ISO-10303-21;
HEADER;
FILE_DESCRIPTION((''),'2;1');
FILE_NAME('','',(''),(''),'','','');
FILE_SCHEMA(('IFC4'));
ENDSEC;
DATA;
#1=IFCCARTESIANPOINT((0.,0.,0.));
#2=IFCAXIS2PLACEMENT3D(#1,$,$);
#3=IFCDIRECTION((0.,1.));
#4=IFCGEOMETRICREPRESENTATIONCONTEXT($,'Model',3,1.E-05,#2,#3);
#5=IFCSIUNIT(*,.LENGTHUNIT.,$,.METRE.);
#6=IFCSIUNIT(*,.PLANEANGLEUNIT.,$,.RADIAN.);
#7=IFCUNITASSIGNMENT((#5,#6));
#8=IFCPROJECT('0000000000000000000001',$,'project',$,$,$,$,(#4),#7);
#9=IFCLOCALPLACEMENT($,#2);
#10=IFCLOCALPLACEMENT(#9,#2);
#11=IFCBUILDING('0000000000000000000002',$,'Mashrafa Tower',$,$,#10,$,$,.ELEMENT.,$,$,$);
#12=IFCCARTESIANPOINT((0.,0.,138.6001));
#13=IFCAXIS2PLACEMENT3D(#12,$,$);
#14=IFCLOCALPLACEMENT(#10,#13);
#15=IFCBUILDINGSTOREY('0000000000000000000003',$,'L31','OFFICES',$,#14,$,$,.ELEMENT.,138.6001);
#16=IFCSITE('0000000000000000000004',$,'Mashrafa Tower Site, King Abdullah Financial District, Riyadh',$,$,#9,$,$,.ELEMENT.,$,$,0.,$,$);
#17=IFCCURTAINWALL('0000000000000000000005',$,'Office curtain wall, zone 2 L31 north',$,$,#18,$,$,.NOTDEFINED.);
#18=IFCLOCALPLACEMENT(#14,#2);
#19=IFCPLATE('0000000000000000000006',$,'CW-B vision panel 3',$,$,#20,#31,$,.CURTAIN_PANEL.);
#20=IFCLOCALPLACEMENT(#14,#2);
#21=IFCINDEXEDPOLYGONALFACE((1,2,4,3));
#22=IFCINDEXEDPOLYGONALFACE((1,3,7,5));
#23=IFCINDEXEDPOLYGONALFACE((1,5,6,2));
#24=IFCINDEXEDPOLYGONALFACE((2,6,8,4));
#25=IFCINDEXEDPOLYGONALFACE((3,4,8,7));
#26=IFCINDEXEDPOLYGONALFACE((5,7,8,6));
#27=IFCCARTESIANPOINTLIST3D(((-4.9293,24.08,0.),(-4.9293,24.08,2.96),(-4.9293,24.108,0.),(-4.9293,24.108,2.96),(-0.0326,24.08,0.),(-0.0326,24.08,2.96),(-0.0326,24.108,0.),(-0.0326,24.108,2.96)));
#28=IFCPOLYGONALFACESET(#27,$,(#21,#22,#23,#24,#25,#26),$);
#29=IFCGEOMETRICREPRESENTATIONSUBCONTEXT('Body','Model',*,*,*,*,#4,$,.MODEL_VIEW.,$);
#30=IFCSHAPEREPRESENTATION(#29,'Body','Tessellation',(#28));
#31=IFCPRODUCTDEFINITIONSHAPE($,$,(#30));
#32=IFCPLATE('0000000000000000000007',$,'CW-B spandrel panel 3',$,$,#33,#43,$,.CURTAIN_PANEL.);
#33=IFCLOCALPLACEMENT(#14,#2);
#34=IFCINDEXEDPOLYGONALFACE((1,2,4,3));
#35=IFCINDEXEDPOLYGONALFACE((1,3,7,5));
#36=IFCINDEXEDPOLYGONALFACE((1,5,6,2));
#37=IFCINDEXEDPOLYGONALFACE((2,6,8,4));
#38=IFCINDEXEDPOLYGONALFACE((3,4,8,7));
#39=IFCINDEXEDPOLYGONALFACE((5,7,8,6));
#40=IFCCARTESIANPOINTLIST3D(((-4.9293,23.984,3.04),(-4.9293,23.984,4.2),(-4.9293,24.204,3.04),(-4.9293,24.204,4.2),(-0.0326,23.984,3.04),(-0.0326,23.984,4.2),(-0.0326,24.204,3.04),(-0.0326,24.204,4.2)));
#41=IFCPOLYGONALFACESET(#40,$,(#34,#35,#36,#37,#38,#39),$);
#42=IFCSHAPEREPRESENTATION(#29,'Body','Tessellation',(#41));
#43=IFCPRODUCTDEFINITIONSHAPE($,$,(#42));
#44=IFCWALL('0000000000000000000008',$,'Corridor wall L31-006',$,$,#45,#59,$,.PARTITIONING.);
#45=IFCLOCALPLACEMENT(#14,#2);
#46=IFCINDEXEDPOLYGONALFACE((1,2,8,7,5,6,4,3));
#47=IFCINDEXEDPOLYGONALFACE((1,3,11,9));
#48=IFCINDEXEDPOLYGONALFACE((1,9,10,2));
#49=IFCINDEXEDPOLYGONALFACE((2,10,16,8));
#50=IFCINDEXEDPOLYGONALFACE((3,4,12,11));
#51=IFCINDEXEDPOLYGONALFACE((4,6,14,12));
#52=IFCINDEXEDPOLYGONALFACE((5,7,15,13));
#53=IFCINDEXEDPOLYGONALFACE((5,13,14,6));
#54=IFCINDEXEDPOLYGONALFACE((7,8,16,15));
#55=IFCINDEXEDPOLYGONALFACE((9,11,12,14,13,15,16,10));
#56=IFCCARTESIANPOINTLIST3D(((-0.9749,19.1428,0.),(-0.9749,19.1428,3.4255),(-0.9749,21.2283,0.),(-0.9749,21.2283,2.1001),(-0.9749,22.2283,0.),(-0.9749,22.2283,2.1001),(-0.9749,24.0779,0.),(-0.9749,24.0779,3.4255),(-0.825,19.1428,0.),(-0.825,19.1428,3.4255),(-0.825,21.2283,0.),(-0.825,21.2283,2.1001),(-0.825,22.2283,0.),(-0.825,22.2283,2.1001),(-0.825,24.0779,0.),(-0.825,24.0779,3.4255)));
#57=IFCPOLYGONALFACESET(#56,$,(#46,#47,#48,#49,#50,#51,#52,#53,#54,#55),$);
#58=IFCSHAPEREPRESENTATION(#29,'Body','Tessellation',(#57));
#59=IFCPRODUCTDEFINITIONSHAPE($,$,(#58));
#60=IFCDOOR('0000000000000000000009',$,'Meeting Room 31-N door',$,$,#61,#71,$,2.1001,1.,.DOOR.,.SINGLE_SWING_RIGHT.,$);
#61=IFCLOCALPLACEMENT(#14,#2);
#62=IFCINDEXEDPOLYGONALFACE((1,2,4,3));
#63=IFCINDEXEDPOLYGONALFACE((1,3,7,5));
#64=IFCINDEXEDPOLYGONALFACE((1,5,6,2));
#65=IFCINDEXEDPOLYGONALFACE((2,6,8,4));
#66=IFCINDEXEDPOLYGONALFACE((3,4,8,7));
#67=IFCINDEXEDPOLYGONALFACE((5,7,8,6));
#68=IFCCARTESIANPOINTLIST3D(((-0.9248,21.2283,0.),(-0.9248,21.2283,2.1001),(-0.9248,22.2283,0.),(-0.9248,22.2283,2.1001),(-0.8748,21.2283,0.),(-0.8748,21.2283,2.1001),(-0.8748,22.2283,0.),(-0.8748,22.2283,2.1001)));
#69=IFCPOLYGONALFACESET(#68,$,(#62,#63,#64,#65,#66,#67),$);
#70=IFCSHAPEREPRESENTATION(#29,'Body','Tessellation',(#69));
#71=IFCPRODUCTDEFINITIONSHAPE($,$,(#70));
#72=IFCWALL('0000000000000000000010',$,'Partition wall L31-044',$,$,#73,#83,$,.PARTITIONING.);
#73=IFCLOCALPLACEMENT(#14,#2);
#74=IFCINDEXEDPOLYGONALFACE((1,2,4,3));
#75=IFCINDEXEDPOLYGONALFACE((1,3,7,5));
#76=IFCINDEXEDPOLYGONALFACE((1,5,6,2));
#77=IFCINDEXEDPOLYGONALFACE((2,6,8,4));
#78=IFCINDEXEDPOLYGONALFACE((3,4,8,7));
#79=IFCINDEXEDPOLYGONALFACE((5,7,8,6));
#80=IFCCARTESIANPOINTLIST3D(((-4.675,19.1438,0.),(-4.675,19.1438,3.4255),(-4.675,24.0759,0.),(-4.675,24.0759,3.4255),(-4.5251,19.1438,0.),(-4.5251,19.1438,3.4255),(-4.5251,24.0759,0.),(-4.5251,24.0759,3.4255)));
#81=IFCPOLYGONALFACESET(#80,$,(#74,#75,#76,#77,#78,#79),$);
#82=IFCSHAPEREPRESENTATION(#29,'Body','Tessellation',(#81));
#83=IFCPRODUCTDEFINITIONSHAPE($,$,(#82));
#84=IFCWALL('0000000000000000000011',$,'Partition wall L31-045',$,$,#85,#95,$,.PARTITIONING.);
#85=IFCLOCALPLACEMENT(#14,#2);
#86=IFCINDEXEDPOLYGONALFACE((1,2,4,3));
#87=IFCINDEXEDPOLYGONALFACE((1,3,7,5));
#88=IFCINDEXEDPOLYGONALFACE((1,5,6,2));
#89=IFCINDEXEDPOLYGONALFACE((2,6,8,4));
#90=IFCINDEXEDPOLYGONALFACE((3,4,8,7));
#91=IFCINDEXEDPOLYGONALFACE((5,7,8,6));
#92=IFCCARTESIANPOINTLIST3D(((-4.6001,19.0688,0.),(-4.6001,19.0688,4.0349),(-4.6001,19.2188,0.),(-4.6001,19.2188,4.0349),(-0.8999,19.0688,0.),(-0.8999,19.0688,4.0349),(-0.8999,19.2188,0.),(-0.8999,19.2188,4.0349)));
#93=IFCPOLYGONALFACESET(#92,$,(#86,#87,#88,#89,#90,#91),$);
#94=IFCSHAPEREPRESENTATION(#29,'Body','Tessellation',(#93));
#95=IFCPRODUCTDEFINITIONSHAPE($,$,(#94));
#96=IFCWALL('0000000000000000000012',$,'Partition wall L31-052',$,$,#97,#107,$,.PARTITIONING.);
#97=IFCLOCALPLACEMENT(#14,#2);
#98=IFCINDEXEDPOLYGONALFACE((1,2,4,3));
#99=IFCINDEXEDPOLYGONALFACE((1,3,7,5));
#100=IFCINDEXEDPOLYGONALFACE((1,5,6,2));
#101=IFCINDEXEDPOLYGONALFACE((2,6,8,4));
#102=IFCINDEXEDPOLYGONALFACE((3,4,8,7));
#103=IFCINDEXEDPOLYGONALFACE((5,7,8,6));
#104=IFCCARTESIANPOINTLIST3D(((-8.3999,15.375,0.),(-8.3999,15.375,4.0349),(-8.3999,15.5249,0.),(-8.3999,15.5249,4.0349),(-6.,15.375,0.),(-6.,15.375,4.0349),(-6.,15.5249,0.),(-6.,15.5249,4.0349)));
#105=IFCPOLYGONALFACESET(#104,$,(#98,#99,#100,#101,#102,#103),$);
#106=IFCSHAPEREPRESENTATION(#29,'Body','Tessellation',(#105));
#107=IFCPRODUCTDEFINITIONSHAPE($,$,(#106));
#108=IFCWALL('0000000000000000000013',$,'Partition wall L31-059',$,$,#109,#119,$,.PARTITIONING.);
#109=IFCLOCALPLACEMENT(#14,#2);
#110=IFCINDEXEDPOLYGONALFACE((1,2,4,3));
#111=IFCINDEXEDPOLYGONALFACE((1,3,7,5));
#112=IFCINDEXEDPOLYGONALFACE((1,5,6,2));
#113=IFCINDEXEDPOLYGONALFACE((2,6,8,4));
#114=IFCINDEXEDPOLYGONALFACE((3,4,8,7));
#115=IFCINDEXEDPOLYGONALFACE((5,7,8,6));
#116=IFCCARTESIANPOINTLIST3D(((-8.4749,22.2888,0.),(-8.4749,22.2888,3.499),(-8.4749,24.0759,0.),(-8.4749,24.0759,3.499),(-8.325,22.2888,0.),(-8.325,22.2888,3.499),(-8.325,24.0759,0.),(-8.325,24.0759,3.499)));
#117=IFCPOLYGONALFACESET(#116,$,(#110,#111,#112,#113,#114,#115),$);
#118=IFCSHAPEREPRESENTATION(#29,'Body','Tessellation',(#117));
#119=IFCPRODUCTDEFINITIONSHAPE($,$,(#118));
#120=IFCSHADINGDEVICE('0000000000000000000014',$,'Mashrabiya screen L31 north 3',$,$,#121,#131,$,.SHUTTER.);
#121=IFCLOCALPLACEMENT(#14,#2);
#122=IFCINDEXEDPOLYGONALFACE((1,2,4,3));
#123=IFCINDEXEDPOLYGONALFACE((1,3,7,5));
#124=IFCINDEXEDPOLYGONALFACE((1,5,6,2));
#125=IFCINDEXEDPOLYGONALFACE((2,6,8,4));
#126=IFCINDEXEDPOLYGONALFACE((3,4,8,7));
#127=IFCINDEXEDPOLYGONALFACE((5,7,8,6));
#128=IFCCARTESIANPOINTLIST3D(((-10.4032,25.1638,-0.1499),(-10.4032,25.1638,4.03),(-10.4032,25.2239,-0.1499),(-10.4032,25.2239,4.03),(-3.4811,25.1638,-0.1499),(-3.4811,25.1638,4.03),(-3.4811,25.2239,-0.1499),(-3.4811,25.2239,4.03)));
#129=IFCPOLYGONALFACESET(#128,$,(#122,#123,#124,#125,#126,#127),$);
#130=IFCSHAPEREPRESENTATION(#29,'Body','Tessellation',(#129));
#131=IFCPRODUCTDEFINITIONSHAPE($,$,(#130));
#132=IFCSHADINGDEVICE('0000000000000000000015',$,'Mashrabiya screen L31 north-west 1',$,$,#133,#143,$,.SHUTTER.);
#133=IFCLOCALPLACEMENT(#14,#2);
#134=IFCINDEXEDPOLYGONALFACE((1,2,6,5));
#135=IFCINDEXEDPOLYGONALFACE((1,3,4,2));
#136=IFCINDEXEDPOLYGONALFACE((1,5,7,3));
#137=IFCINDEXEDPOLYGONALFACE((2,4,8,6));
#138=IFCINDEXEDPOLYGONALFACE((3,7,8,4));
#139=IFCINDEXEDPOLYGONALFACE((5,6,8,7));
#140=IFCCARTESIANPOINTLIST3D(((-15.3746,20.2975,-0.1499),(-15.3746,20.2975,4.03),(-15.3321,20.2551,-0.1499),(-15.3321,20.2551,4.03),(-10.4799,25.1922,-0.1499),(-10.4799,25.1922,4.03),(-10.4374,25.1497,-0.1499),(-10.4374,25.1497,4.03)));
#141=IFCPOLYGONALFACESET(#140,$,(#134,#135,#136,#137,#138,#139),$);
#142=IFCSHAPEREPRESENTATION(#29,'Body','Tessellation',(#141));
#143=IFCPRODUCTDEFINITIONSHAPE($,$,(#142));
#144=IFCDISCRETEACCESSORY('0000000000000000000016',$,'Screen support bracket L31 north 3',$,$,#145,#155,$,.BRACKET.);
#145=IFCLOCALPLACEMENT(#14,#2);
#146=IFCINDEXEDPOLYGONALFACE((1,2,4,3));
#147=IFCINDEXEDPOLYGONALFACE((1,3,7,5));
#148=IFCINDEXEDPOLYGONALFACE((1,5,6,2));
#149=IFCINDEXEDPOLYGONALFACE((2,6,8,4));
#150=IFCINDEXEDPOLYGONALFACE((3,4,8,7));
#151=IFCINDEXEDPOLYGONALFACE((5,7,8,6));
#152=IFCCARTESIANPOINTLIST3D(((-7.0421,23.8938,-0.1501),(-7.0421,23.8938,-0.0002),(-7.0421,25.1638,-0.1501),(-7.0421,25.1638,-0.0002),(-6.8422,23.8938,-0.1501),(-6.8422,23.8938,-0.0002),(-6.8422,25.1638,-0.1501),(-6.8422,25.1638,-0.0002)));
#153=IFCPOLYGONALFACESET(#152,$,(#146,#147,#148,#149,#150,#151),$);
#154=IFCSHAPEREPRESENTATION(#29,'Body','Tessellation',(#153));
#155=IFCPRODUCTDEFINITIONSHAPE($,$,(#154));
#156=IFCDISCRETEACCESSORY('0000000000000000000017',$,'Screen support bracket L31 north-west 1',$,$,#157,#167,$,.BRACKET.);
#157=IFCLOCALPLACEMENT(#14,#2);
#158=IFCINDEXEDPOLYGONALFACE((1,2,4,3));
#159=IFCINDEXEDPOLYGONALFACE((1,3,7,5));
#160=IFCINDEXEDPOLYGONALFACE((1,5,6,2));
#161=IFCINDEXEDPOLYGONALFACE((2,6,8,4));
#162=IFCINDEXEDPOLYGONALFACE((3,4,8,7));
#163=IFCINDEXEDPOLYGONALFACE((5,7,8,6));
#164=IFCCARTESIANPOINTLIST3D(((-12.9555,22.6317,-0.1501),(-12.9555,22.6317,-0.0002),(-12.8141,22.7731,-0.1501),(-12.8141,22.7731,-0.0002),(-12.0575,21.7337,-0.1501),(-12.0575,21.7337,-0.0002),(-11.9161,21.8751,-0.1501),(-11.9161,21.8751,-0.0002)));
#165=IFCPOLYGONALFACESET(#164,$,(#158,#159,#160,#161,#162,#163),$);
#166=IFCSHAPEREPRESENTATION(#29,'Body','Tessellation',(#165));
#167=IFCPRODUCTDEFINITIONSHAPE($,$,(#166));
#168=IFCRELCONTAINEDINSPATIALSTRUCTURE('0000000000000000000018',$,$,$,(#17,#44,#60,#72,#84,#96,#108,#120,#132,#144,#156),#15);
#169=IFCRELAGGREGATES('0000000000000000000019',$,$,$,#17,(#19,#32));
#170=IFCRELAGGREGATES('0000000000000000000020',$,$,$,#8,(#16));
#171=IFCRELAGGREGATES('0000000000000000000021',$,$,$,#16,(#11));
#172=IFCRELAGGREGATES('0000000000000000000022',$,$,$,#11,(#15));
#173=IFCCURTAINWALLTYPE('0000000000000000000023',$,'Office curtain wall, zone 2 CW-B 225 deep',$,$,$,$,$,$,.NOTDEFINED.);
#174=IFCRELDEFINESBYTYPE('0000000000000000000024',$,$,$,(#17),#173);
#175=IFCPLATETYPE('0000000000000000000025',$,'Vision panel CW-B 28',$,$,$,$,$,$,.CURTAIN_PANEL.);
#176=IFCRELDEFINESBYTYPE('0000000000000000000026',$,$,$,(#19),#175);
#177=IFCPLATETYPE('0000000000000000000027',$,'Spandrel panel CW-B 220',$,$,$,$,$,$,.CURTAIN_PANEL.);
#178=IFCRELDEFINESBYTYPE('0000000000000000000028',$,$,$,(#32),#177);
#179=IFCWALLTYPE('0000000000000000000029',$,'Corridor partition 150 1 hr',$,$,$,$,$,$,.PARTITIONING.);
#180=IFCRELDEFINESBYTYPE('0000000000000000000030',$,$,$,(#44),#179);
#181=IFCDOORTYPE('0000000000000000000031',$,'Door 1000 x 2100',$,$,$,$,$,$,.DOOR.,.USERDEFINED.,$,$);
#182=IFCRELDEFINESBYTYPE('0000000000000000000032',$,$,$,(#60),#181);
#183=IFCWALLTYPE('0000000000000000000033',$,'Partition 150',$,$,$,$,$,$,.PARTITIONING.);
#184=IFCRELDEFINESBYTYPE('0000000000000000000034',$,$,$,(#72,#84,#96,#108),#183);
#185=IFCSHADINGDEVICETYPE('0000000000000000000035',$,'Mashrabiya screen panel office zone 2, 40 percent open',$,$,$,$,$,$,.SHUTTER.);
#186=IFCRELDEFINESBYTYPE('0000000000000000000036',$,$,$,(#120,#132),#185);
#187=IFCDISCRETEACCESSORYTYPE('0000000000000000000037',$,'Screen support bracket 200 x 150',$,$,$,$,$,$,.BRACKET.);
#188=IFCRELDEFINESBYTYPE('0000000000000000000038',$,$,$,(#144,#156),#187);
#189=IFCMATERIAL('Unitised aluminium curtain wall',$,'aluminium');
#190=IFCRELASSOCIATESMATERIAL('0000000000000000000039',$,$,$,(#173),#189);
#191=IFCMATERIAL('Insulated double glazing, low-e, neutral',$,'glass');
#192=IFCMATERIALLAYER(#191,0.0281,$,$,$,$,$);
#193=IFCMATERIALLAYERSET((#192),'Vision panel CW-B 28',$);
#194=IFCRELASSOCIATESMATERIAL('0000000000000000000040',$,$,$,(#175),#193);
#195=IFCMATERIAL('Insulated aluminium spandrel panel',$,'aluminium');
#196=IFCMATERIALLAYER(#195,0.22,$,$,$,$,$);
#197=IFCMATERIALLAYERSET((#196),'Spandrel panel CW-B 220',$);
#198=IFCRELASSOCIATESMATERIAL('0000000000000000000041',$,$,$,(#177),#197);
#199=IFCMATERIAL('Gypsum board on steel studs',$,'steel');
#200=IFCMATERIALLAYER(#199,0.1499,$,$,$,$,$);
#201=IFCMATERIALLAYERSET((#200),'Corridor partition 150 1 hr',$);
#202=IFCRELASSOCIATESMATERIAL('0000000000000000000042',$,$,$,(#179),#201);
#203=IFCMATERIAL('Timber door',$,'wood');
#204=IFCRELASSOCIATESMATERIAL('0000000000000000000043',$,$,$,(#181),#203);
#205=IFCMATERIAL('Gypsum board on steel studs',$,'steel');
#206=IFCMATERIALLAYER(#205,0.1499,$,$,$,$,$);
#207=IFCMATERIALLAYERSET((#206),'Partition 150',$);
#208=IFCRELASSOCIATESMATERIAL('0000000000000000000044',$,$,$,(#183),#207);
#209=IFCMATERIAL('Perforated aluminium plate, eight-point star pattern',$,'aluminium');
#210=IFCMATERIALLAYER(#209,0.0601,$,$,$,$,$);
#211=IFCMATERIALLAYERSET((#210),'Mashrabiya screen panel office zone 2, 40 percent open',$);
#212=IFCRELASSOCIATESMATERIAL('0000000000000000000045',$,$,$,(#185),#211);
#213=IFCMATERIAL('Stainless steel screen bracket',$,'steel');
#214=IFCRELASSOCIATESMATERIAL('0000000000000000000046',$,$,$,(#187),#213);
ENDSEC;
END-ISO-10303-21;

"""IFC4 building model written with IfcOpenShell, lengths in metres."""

from ifc_helpers import new_model, si_unit, direction, frame, frame_2d, origin, origin_2d, place, context, subcontext, project, spatial, rectangle, extrude, source, transform, mapped, material, layer, layer_set, type_object, type_shapes, element, fill, aggregate, save


model = new_model("IFC4")

# Units and contexts
model_context = context("Model", 3, precision=1e-05, world=origin(), true_north=direction((0.0, 1.0)))
body_context = subcontext(model_context, "Body", "Model", "MODEL_VIEW")
ifc_project = project(units=[si_unit("LENGTHUNIT", "METRE"), si_unit("PLANEANGLEUNIT", "RADIAN")], contexts=[model_context])

# Site, building, storey
site_placement = place(None, origin())
site = spatial("IfcSite", under=ifc_project, at=site_placement, Name="Mashrafa Tower Site, King Abdullah Financial District, Riyadh", CompositionType="ELEMENT", RefElevation=0.0)
building_placement = place(site_placement, origin())
building = spatial("IfcBuilding", under=site, at=building_placement, Name="Mashrafa Tower", CompositionType="ELEMENT")
storey_placement = place(building_placement, frame((0.0, 0.0, 138.6001)))
storey = spatial("IfcBuildingStorey", under=building, at=storey_placement, Name="L31", Description="OFFICES", CompositionType="ELEMENT", Elevation=138.6001)

# Curtain wall
ifc_material_1 = material(Name="Unitised aluminium curtain wall", Category="aluminium")
curtain_wall_type = type_object("IfcCurtainWallType", Name="Office curtain wall, zone 2 CW-B 225 deep", PredefinedType="NOTDEFINED", material=ifc_material_1)
curtain_wall_1_placement = place(storey_placement, origin())
curtain_wall_1 = element("IfcCurtainWall", 1, at=curtain_wall_1_placement, inside=storey, type_object=curtain_wall_type, Name="Office curtain wall, zone 2 L31 north", PredefinedType="NOTDEFINED")

# Plates
ifc_material_2 = material(Name="Insulated double glazing, low-e, neutral", Category="glass")
ifc_layer_1 = layer(ifc_material_2, 0.0281)
ifc_layer_set_1 = layer_set([ifc_layer_1], Name="Vision panel CW-B 28")
plate_type_1 = type_object("IfcPlateType", Name="Vision panel CW-B 28", PredefinedType="CURTAIN_PANEL", material=ifc_layer_set_1)
ifc_material_3 = material(Name="Insulated aluminium spandrel panel", Category="aluminium")
ifc_layer_2 = layer(ifc_material_3, 0.22)
ifc_layer_set_2 = layer_set([ifc_layer_2], Name="Spandrel panel CW-B 220")
plate_type_2 = type_object("IfcPlateType", Name="Spandrel panel CW-B 220", PredefinedType="CURTAIN_PANEL", material=ifc_layer_set_2)
shared_shape_1 = source(origin(), body_context, "Body", "SweptSolid", [
    extrude(rectangle(XDim=4.8967, YDim=0.0281, at=origin_2d()), origin(), (0.0, 0.0, 1.0), 2.96),
])
plate_1_placement = place(storey_placement, frame((-2.481, 24.094, 0.0), z_axis=(0.0, 0.0, 1.0), x_axis=(-1.0, 0.0, 0.0)))
plate_1 = element("IfcPlate", 2, at=plate_1_placement, type_object=plate_type_1, Name="CW-B vision panel 3", PredefinedType="CURTAIN_PANEL", context=body_context, shape_type="MappedRepresentation", body=[
    mapped(shared_shape_1, transform((0.0, 0.0, 0.0))),
])
shared_shape_2 = source(origin(), body_context, "Body", "SweptSolid", [
    extrude(rectangle(XDim=4.8967, YDim=0.22, at=origin_2d()), origin(), (0.0, 0.0, 1.0), 1.1599),
])
plate_2_placement = place(storey_placement, frame((-2.481, 24.094, 3.04), z_axis=(0.0, 0.0, 1.0), x_axis=(-1.0, 0.0, 0.0)))
plate_2 = element("IfcPlate", 3, at=plate_2_placement, type_object=plate_type_2, Name="CW-B spandrel panel 3", PredefinedType="CURTAIN_PANEL", context=body_context, shape_type="MappedRepresentation", body=[
    mapped(shared_shape_2, transform((0.0, 0.0, 0.0))),
])
aggregate(curtain_wall_1, [plate_1, plate_2])

# Wall, opening, door
ifc_material_4 = material(Name="Gypsum board on steel studs", Category="steel")
ifc_layer_3 = layer(ifc_material_4, 0.1499)
ifc_layer_set_3 = layer_set([ifc_layer_3], Name="Corridor partition 150 1 hr")
wall_type_1 = type_object("IfcWallType", Name="Corridor partition 150 1 hr", PredefinedType="PARTITIONING", material=ifc_layer_set_3)
wall_1_placement = place(storey_placement, frame((-0.8999, 24.0779, 0.0), z_axis=(0.0, 0.0, 1.0), x_axis=(0.0, -1.0, 0.0)))
wall_1 = element("IfcWall", 4, at=wall_1_placement, inside=storey, type_object=wall_type_1, Name="Corridor wall L31-006", PredefinedType="PARTITIONING", context=body_context, shape_type="SweptSolid", body=[
    extrude(rectangle(XDim=4.9351, YDim=0.1499, at=frame_2d((2.4675, 0.0))), origin(), (0.0, 0.0, 1.0), 3.4255),
])
opening_1_placement = place(wall_1_placement, frame((1.8496, 0.0, 0.0)))
opening_1 = element("IfcOpeningElement", 5, at=opening_1_placement, cuts=wall_1, PredefinedType="OPENING", context=body_context, shape_type="SweptSolid", body=[
    extrude(rectangle(XDim=1.0, YDim=2.1001, at=frame_2d((0.5, 1.05))), frame((0.0, 0.085, 0.0), z_axis=(0.0, -1.0, 0.0), x_axis=(1.0, 0.0, 0.0)), (0.0, 0.0, 1.0), 0.1699),
])
ifc_material_5 = material(Name="Timber door", Category="wood")
door_type_1 = type_object("IfcDoorType", Name="Door 1000 x 2100", OperationType="USERDEFINED", PredefinedType="DOOR", material=ifc_material_5)
door_1_placement = place(opening_1_placement, frame((1.0, 0.0, 0.0), z_axis=(0.0, 0.0, 1.0), x_axis=(-1.0, 0.0, 0.0)))
door_1 = element("IfcDoor", 6, at=door_1_placement, inside=storey, type_object=door_type_1, Name="Meeting Room 31-N door", OperationType="SINGLE_SWING_RIGHT", OverallHeight=2.1001, OverallWidth=1.0, PredefinedType="DOOR", context=body_context, shape_type="SweptSolid", body=[
    extrude(rectangle(XDim=1.0, YDim=2.1001, at=frame_2d((0.5, 1.05))), frame((0.0, 0.0249, 0.0), z_axis=(0.0, -1.0, 0.0), x_axis=(1.0, 0.0, 0.0)), (0.0, 0.0, 1.0), 0.05),
])
fill(opening_1, door_1)

# Walls
ifc_material_6 = material(Name="Gypsum board on steel studs", Category="steel")
ifc_layer_4 = layer(ifc_material_6, 0.1499)
ifc_layer_set_4 = layer_set([ifc_layer_4], Name="Partition 150")
wall_type_2 = type_object("IfcWallType", Name="Partition 150", PredefinedType="PARTITIONING", material=ifc_layer_set_4)
wall_2_placement = place(storey_placement, frame((-4.6001, 24.0759, 0.0), z_axis=(0.0, 0.0, 1.0), x_axis=(0.0, -1.0, 0.0)))
element("IfcWall", 7, at=wall_2_placement, inside=storey, type_object=wall_type_2, Name="Partition wall L31-044", PredefinedType="PARTITIONING", context=body_context, shape_type="SweptSolid", body=[
    extrude(rectangle(XDim=4.9321, YDim=0.1499, at=frame_2d((2.4661, 0.0))), origin(), (0.0, 0.0, 1.0), 3.4255),
])
wall_3_placement = place(storey_placement, frame((-4.6001, 19.1438, 0.0), z_axis=(0.0, 0.0, 1.0), x_axis=(1.0, 0.0, 0.0)))
element("IfcWall", 8, at=wall_3_placement, inside=storey, type_object=wall_type_2, Name="Partition wall L31-045", PredefinedType="PARTITIONING", context=body_context, shape_type="SweptSolid", body=[
    extrude(rectangle(XDim=3.7002, YDim=0.1499, at=frame_2d((1.8501, 0.0))), origin(), (0.0, 0.0, 1.0), 4.0349),
])
wall_4_placement = place(storey_placement, frame((-6.0, 15.45, 0.0), z_axis=(0.0, 0.0, 1.0), x_axis=(-1.0, 0.0, 0.0)))
element("IfcWall", 9, at=wall_4_placement, inside=storey, type_object=wall_type_2, Name="Partition wall L31-052", PredefinedType="PARTITIONING", context=body_context, shape_type="SweptSolid", body=[
    extrude(rectangle(XDim=2.3999, YDim=0.1499, at=frame_2d((1.2, 0.0))), origin(), (0.0, 0.0, 1.0), 4.0349),
])
wall_5_placement = place(storey_placement, frame((-8.3999, 24.0759, 0.0), z_axis=(0.0, 0.0, 1.0), x_axis=(0.0, -1.0, 0.0)))
element("IfcWall", 10, at=wall_5_placement, inside=storey, type_object=wall_type_2, Name="Partition wall L31-059", PredefinedType="PARTITIONING", context=body_context, shape_type="SweptSolid", body=[
    extrude(rectangle(XDim=1.7871, YDim=0.1499, at=frame_2d((0.8936, 0.0))), origin(), (0.0, 0.0, 1.0), 3.499),
])

# Shading devices
ifc_material_7 = material(Name="Perforated aluminium plate, eight-point star pattern", Category="aluminium")
ifc_layer_5 = layer(ifc_material_7, 0.0601)
ifc_layer_set_5 = layer_set([ifc_layer_5], Name="Mashrabiya screen panel office zone 2, 40 percent open")
shading_device_type = type_object("IfcShadingDeviceType", Name="Mashrabiya screen panel office zone 2, 40 percent open", PredefinedType="SHUTTER", material=ifc_layer_set_5)
shared_shape_3 = source(origin(), body_context, "Body", "SweptSolid", [
    extrude(rectangle(XDim=6.9221, YDim=0.0601, at=origin_2d()), origin(), (0.0, 0.0, 1.0), 4.1799),
])
type_shapes(shading_device_type, [shared_shape_3])
for number, where, z_axis, x_axis, name in (
    (11, (-6.9421, 25.1938, -0.1499), (0.0, 0.0, 1.0), (-1.0, 0.0, 0.0), "Mashrabiya screen L31 north 3"),
    (12, (-12.906, 22.7236, -0.1499), (0.0, 0.0, 1.0), (-0.707107, -0.707107, 0.0), "Mashrabiya screen L31 north-west 1"),
):
    element("IfcShadingDevice", number, at=place(storey_placement, frame(where, z_axis=z_axis, x_axis=x_axis)), inside=storey, type_object=shading_device_type, Name=name, PredefinedType="SHUTTER", context=body_context, shape_type="MappedRepresentation", body=[
        mapped(shared_shape_3, transform((0.0, 0.0, 0.0))),
    ])

# Discrete accessories
ifc_material_8 = material(Name="Stainless steel screen bracket", Category="steel")
discrete_accessory_type = type_object("IfcDiscreteAccessoryType", Name="Screen support bracket 200 x 150", PredefinedType="BRACKET", material=ifc_material_8)
shared_shape_4 = source(origin(), body_context, "Body", "SweptSolid", [
    extrude(rectangle(XDim=0.2, YDim=1.27, at=origin_2d()), origin(), (0.0, 0.0, 1.0), 0.1499),
])
type_shapes(discrete_accessory_type, [shared_shape_4])
for number, where, z_axis, x_axis, name in (
    (13, (-6.9421, 24.5288, -0.1501), (0.0, 0.0, 1.0), (-1.0, 0.0, 0.0), "Screen support bracket L31 north 3"),
    (14, (-12.4358, 22.2534, -0.1501), (0.0, 0.0, 1.0), (-0.707107, -0.707107, 0.0), "Screen support bracket L31 north-west 1"),
):
    element("IfcDiscreteAccessory", number, at=place(storey_placement, frame(where, z_axis=z_axis, x_axis=x_axis)), inside=storey, type_object=discrete_accessory_type, Name=name, PredefinedType="BRACKET", context=body_context, shape_type="MappedRepresentation", body=[
        mapped(shared_shape_4, transform((0.0, 0.0, 0.0))),
    ])

save(model, "model.ifc")
